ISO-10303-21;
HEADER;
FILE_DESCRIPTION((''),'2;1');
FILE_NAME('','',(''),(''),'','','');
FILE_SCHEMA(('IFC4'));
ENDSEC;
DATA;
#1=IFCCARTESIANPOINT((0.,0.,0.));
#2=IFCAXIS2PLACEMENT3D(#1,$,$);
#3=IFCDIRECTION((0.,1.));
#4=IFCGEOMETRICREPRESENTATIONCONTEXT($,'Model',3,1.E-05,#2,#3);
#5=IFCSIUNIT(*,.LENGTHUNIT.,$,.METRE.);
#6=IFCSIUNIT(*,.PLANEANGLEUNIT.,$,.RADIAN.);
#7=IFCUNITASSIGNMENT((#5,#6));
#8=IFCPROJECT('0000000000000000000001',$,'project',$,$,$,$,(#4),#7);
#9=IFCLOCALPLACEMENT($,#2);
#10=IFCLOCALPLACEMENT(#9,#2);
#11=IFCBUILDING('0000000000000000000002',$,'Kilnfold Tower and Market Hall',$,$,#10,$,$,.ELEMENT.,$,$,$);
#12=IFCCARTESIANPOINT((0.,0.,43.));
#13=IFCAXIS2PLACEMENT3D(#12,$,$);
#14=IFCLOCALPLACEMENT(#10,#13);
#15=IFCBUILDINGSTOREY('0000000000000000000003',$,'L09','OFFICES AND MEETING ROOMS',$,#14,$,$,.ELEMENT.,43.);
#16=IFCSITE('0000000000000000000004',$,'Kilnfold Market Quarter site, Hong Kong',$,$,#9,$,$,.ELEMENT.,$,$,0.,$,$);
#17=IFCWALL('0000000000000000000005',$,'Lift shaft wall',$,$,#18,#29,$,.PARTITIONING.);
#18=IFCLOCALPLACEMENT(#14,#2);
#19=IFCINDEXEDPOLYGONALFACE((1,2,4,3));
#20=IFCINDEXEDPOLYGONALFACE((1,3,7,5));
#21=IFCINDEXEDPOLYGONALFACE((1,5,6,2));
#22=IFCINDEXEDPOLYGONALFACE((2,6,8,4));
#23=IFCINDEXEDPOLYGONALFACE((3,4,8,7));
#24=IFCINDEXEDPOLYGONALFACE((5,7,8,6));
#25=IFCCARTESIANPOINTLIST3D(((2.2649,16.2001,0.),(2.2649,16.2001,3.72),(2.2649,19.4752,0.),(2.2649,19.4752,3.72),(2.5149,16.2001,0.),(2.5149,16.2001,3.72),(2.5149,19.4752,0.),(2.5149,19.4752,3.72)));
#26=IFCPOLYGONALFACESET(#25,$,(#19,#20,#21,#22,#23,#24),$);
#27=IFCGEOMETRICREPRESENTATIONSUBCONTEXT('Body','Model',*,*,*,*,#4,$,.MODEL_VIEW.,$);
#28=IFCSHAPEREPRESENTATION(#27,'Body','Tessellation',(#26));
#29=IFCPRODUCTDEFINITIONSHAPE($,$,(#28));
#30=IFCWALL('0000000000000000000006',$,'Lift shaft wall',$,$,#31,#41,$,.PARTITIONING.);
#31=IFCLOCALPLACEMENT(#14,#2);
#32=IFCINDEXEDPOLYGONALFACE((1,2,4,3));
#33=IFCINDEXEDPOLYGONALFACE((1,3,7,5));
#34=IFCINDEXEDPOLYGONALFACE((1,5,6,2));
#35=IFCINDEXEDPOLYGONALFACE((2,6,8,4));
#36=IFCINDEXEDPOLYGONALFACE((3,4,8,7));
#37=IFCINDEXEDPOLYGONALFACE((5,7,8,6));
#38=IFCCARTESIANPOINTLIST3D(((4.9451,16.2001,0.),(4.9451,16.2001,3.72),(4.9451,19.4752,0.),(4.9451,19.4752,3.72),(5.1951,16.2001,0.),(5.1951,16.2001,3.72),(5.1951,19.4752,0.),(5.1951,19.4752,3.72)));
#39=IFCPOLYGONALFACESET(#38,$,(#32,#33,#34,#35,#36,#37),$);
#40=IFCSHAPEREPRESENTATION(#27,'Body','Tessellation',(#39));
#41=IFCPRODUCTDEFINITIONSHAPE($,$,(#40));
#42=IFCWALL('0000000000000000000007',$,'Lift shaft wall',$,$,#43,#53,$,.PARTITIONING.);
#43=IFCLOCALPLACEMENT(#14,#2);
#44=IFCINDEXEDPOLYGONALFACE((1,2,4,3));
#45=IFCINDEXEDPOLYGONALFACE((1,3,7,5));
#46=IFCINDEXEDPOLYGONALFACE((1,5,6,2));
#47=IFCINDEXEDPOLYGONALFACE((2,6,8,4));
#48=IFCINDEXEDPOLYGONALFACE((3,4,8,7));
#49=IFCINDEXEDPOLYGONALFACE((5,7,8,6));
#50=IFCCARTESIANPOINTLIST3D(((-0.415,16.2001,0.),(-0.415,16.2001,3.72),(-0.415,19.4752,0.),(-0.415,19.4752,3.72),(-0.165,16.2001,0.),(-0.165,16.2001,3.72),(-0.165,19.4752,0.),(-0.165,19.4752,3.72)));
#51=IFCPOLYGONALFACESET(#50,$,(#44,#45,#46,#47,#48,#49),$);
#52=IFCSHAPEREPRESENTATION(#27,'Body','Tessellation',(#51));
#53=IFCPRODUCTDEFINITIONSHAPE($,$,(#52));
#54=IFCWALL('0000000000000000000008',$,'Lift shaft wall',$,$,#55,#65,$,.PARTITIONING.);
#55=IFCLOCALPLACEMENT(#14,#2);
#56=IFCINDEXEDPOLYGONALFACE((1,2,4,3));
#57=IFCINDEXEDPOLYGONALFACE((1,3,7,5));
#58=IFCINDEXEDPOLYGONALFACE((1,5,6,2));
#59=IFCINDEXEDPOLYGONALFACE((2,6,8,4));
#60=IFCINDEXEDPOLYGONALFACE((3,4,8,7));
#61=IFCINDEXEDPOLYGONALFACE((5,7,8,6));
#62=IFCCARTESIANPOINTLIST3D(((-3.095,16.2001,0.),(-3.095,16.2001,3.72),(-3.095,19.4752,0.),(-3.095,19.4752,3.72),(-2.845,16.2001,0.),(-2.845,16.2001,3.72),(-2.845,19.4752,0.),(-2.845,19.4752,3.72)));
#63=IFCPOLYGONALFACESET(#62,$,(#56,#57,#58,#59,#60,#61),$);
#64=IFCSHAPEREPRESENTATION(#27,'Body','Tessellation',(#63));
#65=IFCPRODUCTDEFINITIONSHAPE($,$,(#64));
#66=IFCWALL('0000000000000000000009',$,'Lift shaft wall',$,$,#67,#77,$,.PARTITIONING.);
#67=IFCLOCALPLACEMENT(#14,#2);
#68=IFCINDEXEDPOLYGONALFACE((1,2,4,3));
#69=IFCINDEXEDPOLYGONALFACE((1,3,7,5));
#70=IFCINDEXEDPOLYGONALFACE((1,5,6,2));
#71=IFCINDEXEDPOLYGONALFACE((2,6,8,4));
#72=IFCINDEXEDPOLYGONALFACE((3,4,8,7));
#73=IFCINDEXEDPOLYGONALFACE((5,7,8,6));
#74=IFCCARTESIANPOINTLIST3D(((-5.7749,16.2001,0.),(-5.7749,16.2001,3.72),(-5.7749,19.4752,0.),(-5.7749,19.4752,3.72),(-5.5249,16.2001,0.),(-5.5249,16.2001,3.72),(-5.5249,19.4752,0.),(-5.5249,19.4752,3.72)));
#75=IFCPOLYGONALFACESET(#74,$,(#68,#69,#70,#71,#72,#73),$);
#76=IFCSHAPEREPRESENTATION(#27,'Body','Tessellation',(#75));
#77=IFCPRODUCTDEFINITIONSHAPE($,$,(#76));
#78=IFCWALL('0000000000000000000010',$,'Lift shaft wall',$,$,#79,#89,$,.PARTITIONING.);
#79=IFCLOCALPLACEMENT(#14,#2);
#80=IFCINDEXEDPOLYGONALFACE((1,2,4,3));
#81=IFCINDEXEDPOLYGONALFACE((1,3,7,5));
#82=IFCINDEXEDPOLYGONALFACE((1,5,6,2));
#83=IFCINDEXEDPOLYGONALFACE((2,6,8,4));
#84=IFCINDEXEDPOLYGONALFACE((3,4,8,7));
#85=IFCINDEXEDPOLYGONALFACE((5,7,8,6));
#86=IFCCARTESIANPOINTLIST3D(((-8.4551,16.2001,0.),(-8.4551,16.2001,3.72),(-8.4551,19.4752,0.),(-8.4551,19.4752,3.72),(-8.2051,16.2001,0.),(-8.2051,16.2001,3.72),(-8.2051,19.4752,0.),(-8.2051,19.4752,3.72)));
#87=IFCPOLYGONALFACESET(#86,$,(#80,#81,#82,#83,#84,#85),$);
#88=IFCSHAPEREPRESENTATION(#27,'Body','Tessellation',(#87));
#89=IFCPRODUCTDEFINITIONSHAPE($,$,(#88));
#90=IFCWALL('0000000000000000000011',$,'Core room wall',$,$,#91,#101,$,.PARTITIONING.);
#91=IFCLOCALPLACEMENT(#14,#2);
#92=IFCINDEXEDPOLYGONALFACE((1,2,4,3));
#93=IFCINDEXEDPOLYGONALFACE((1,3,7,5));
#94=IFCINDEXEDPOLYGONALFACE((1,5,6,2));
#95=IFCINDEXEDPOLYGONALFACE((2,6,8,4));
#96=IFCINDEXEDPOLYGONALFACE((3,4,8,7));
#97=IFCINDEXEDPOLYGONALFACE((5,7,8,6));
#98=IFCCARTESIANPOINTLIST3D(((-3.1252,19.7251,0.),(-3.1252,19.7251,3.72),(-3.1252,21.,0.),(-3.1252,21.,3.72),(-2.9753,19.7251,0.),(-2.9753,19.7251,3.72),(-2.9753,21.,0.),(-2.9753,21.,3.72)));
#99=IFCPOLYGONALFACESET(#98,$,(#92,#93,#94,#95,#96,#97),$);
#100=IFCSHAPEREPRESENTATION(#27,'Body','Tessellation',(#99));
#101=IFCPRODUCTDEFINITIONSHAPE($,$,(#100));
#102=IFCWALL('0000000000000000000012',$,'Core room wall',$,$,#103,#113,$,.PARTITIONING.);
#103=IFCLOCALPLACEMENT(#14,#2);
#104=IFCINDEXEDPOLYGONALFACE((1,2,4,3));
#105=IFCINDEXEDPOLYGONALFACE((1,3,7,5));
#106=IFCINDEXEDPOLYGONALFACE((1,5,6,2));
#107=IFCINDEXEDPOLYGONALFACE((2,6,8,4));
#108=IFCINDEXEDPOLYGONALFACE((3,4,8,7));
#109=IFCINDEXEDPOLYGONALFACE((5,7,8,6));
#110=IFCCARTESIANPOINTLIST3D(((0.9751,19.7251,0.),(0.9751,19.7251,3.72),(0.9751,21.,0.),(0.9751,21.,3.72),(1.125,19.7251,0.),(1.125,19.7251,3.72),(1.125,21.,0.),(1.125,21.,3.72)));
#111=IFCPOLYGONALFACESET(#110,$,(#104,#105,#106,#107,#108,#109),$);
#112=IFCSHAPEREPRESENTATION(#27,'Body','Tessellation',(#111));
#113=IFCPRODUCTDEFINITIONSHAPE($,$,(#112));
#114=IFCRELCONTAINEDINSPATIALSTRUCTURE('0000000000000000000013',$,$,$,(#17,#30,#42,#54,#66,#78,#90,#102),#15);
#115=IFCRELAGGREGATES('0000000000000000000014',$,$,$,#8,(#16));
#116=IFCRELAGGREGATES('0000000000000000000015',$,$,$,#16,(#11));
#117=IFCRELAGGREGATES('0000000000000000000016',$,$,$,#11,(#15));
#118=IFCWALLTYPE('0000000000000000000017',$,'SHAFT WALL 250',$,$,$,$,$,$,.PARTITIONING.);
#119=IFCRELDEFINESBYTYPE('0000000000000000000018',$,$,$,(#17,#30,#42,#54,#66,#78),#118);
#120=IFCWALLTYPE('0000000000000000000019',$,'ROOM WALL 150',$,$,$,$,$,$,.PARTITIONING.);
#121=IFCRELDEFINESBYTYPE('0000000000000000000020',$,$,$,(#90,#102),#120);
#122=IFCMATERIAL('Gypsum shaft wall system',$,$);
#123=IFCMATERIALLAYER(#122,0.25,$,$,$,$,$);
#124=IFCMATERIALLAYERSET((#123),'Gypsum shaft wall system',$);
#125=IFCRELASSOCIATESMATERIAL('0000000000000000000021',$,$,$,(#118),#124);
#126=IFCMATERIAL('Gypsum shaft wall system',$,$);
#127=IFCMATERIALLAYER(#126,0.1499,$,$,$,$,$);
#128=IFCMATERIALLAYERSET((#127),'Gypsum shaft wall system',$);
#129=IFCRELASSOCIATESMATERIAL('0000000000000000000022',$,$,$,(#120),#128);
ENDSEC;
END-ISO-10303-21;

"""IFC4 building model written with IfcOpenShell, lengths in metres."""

from ifc_helpers import new_model, si_unit, direction, frame, frame_2d, origin, place, context, subcontext, project, spatial, rectangle, extrude, source, transform, mapped, material, layer, layer_set, type_object, element, save


model = new_model("IFC4")

# Units and contexts
model_context = context("Model", 3, precision=1e-05, world=origin(), true_north=direction((0.0, 1.0)))
body_context = subcontext(model_context, "Body", "Model", "MODEL_VIEW")
ifc_project = project(units=[si_unit("LENGTHUNIT", "METRE"), si_unit("PLANEANGLEUNIT", "RADIAN")], contexts=[model_context])

# Site, building, storey
site_placement = place(None, origin())
site = spatial("IfcSite", under=ifc_project, at=site_placement, Name="Kilnfold Market Quarter site, Hong Kong", CompositionType="ELEMENT", RefElevation=0.0)
building_placement = place(site_placement, origin())
building = spatial("IfcBuilding", under=site, at=building_placement, Name="Kilnfold Tower and Market Hall", CompositionType="ELEMENT")
storey_placement = place(building_placement, frame((0.0, 0.0, 43.0)))
storey = spatial("IfcBuildingStorey", under=building, at=storey_placement, Name="L09", Description="OFFICES AND MEETING ROOMS", CompositionType="ELEMENT", Elevation=43.0)

# Walls
ifc_material_1 = material(Name="Gypsum shaft wall system")
ifc_layer_1 = layer(ifc_material_1, 0.25)
ifc_layer_set_1 = layer_set([ifc_layer_1], Name="Gypsum shaft wall system")
wall_type_1 = type_object("IfcWallType", Name="SHAFT WALL 250", PredefinedType="PARTITIONING", material=ifc_layer_set_1)
shared_shape_1 = source(origin(), body_context, "Body", "SweptSolid", [
    extrude(rectangle(XDim=3.2751, YDim=0.25, at=frame_2d((1.6377, 0.0))), origin(), (0.0, 0.0, 1.0), 3.72),
])
for number, where, z_axis, x_axis, name in (
    (1, (2.3899, 16.2, 0.0), (0.0, 0.0, 1.0), (0.0, 1.0, 0.0), "Lift shaft wall"),
    (2, (5.0701, 16.2, 0.0), (0.0, 0.0, 1.0), (0.0, 1.0, 0.0), "Lift shaft wall"),
    (3, (-0.29, 16.2, 0.0), (0.0, 0.0, 1.0), (0.0, 1.0, 0.0), "Lift shaft wall"),
    (4, (-2.97, 16.2, 0.0), (0.0, 0.0, 1.0), (0.0, 1.0, 0.0), "Lift shaft wall"),
    (5, (-5.6499, 16.2, 0.0), (0.0, 0.0, 1.0), (0.0, 1.0, 0.0), "Lift shaft wall"),
    (6, (-8.3301, 16.2, 0.0), (0.0, 0.0, 1.0), (0.0, 1.0, 0.0), "Lift shaft wall"),
):
    element("IfcWall", number, at=place(storey_placement, frame(where, z_axis=z_axis, x_axis=x_axis)), inside=storey, type_object=wall_type_1, Name=name, PredefinedType="PARTITIONING", context=body_context, shape_type="MappedRepresentation", body=[
        mapped(shared_shape_1, transform((0.0, 0.0, 0.0))),
    ])
ifc_material_2 = material(Name="Gypsum shaft wall system")
ifc_layer_2 = layer(ifc_material_2, 0.1499)
ifc_layer_set_2 = layer_set([ifc_layer_2], Name="Gypsum shaft wall system")
wall_type_2 = type_object("IfcWallType", Name="ROOM WALL 150", PredefinedType="PARTITIONING", material=ifc_layer_set_2)
shared_shape_2 = source(origin(), body_context, "Body", "SweptSolid", [
    extrude(rectangle(XDim=1.2749, YDim=0.1499, at=frame_2d((0.6375, 0.0))), origin(), (0.0, 0.0, 1.0), 3.72),
])
for number, where, z_axis, x_axis, name in (
    (7, (-3.0503, 19.7251, 0.0), (0.0, 0.0, 1.0), (0.0, 1.0, 0.0), "Core room wall"),
    (8, (1.05, 19.7251, 0.0), (0.0, 0.0, 1.0), (0.0, 1.0, 0.0), "Core room wall"),
):
    element("IfcWall", number, at=place(storey_placement, frame(where, z_axis=z_axis, x_axis=x_axis)), inside=storey, type_object=wall_type_2, Name=name, PredefinedType="PARTITIONING", context=body_context, shape_type="MappedRepresentation", body=[
        mapped(shared_shape_2, transform((0.0, 0.0, 0.0))),
    ])

save(model, "model.ifc")
